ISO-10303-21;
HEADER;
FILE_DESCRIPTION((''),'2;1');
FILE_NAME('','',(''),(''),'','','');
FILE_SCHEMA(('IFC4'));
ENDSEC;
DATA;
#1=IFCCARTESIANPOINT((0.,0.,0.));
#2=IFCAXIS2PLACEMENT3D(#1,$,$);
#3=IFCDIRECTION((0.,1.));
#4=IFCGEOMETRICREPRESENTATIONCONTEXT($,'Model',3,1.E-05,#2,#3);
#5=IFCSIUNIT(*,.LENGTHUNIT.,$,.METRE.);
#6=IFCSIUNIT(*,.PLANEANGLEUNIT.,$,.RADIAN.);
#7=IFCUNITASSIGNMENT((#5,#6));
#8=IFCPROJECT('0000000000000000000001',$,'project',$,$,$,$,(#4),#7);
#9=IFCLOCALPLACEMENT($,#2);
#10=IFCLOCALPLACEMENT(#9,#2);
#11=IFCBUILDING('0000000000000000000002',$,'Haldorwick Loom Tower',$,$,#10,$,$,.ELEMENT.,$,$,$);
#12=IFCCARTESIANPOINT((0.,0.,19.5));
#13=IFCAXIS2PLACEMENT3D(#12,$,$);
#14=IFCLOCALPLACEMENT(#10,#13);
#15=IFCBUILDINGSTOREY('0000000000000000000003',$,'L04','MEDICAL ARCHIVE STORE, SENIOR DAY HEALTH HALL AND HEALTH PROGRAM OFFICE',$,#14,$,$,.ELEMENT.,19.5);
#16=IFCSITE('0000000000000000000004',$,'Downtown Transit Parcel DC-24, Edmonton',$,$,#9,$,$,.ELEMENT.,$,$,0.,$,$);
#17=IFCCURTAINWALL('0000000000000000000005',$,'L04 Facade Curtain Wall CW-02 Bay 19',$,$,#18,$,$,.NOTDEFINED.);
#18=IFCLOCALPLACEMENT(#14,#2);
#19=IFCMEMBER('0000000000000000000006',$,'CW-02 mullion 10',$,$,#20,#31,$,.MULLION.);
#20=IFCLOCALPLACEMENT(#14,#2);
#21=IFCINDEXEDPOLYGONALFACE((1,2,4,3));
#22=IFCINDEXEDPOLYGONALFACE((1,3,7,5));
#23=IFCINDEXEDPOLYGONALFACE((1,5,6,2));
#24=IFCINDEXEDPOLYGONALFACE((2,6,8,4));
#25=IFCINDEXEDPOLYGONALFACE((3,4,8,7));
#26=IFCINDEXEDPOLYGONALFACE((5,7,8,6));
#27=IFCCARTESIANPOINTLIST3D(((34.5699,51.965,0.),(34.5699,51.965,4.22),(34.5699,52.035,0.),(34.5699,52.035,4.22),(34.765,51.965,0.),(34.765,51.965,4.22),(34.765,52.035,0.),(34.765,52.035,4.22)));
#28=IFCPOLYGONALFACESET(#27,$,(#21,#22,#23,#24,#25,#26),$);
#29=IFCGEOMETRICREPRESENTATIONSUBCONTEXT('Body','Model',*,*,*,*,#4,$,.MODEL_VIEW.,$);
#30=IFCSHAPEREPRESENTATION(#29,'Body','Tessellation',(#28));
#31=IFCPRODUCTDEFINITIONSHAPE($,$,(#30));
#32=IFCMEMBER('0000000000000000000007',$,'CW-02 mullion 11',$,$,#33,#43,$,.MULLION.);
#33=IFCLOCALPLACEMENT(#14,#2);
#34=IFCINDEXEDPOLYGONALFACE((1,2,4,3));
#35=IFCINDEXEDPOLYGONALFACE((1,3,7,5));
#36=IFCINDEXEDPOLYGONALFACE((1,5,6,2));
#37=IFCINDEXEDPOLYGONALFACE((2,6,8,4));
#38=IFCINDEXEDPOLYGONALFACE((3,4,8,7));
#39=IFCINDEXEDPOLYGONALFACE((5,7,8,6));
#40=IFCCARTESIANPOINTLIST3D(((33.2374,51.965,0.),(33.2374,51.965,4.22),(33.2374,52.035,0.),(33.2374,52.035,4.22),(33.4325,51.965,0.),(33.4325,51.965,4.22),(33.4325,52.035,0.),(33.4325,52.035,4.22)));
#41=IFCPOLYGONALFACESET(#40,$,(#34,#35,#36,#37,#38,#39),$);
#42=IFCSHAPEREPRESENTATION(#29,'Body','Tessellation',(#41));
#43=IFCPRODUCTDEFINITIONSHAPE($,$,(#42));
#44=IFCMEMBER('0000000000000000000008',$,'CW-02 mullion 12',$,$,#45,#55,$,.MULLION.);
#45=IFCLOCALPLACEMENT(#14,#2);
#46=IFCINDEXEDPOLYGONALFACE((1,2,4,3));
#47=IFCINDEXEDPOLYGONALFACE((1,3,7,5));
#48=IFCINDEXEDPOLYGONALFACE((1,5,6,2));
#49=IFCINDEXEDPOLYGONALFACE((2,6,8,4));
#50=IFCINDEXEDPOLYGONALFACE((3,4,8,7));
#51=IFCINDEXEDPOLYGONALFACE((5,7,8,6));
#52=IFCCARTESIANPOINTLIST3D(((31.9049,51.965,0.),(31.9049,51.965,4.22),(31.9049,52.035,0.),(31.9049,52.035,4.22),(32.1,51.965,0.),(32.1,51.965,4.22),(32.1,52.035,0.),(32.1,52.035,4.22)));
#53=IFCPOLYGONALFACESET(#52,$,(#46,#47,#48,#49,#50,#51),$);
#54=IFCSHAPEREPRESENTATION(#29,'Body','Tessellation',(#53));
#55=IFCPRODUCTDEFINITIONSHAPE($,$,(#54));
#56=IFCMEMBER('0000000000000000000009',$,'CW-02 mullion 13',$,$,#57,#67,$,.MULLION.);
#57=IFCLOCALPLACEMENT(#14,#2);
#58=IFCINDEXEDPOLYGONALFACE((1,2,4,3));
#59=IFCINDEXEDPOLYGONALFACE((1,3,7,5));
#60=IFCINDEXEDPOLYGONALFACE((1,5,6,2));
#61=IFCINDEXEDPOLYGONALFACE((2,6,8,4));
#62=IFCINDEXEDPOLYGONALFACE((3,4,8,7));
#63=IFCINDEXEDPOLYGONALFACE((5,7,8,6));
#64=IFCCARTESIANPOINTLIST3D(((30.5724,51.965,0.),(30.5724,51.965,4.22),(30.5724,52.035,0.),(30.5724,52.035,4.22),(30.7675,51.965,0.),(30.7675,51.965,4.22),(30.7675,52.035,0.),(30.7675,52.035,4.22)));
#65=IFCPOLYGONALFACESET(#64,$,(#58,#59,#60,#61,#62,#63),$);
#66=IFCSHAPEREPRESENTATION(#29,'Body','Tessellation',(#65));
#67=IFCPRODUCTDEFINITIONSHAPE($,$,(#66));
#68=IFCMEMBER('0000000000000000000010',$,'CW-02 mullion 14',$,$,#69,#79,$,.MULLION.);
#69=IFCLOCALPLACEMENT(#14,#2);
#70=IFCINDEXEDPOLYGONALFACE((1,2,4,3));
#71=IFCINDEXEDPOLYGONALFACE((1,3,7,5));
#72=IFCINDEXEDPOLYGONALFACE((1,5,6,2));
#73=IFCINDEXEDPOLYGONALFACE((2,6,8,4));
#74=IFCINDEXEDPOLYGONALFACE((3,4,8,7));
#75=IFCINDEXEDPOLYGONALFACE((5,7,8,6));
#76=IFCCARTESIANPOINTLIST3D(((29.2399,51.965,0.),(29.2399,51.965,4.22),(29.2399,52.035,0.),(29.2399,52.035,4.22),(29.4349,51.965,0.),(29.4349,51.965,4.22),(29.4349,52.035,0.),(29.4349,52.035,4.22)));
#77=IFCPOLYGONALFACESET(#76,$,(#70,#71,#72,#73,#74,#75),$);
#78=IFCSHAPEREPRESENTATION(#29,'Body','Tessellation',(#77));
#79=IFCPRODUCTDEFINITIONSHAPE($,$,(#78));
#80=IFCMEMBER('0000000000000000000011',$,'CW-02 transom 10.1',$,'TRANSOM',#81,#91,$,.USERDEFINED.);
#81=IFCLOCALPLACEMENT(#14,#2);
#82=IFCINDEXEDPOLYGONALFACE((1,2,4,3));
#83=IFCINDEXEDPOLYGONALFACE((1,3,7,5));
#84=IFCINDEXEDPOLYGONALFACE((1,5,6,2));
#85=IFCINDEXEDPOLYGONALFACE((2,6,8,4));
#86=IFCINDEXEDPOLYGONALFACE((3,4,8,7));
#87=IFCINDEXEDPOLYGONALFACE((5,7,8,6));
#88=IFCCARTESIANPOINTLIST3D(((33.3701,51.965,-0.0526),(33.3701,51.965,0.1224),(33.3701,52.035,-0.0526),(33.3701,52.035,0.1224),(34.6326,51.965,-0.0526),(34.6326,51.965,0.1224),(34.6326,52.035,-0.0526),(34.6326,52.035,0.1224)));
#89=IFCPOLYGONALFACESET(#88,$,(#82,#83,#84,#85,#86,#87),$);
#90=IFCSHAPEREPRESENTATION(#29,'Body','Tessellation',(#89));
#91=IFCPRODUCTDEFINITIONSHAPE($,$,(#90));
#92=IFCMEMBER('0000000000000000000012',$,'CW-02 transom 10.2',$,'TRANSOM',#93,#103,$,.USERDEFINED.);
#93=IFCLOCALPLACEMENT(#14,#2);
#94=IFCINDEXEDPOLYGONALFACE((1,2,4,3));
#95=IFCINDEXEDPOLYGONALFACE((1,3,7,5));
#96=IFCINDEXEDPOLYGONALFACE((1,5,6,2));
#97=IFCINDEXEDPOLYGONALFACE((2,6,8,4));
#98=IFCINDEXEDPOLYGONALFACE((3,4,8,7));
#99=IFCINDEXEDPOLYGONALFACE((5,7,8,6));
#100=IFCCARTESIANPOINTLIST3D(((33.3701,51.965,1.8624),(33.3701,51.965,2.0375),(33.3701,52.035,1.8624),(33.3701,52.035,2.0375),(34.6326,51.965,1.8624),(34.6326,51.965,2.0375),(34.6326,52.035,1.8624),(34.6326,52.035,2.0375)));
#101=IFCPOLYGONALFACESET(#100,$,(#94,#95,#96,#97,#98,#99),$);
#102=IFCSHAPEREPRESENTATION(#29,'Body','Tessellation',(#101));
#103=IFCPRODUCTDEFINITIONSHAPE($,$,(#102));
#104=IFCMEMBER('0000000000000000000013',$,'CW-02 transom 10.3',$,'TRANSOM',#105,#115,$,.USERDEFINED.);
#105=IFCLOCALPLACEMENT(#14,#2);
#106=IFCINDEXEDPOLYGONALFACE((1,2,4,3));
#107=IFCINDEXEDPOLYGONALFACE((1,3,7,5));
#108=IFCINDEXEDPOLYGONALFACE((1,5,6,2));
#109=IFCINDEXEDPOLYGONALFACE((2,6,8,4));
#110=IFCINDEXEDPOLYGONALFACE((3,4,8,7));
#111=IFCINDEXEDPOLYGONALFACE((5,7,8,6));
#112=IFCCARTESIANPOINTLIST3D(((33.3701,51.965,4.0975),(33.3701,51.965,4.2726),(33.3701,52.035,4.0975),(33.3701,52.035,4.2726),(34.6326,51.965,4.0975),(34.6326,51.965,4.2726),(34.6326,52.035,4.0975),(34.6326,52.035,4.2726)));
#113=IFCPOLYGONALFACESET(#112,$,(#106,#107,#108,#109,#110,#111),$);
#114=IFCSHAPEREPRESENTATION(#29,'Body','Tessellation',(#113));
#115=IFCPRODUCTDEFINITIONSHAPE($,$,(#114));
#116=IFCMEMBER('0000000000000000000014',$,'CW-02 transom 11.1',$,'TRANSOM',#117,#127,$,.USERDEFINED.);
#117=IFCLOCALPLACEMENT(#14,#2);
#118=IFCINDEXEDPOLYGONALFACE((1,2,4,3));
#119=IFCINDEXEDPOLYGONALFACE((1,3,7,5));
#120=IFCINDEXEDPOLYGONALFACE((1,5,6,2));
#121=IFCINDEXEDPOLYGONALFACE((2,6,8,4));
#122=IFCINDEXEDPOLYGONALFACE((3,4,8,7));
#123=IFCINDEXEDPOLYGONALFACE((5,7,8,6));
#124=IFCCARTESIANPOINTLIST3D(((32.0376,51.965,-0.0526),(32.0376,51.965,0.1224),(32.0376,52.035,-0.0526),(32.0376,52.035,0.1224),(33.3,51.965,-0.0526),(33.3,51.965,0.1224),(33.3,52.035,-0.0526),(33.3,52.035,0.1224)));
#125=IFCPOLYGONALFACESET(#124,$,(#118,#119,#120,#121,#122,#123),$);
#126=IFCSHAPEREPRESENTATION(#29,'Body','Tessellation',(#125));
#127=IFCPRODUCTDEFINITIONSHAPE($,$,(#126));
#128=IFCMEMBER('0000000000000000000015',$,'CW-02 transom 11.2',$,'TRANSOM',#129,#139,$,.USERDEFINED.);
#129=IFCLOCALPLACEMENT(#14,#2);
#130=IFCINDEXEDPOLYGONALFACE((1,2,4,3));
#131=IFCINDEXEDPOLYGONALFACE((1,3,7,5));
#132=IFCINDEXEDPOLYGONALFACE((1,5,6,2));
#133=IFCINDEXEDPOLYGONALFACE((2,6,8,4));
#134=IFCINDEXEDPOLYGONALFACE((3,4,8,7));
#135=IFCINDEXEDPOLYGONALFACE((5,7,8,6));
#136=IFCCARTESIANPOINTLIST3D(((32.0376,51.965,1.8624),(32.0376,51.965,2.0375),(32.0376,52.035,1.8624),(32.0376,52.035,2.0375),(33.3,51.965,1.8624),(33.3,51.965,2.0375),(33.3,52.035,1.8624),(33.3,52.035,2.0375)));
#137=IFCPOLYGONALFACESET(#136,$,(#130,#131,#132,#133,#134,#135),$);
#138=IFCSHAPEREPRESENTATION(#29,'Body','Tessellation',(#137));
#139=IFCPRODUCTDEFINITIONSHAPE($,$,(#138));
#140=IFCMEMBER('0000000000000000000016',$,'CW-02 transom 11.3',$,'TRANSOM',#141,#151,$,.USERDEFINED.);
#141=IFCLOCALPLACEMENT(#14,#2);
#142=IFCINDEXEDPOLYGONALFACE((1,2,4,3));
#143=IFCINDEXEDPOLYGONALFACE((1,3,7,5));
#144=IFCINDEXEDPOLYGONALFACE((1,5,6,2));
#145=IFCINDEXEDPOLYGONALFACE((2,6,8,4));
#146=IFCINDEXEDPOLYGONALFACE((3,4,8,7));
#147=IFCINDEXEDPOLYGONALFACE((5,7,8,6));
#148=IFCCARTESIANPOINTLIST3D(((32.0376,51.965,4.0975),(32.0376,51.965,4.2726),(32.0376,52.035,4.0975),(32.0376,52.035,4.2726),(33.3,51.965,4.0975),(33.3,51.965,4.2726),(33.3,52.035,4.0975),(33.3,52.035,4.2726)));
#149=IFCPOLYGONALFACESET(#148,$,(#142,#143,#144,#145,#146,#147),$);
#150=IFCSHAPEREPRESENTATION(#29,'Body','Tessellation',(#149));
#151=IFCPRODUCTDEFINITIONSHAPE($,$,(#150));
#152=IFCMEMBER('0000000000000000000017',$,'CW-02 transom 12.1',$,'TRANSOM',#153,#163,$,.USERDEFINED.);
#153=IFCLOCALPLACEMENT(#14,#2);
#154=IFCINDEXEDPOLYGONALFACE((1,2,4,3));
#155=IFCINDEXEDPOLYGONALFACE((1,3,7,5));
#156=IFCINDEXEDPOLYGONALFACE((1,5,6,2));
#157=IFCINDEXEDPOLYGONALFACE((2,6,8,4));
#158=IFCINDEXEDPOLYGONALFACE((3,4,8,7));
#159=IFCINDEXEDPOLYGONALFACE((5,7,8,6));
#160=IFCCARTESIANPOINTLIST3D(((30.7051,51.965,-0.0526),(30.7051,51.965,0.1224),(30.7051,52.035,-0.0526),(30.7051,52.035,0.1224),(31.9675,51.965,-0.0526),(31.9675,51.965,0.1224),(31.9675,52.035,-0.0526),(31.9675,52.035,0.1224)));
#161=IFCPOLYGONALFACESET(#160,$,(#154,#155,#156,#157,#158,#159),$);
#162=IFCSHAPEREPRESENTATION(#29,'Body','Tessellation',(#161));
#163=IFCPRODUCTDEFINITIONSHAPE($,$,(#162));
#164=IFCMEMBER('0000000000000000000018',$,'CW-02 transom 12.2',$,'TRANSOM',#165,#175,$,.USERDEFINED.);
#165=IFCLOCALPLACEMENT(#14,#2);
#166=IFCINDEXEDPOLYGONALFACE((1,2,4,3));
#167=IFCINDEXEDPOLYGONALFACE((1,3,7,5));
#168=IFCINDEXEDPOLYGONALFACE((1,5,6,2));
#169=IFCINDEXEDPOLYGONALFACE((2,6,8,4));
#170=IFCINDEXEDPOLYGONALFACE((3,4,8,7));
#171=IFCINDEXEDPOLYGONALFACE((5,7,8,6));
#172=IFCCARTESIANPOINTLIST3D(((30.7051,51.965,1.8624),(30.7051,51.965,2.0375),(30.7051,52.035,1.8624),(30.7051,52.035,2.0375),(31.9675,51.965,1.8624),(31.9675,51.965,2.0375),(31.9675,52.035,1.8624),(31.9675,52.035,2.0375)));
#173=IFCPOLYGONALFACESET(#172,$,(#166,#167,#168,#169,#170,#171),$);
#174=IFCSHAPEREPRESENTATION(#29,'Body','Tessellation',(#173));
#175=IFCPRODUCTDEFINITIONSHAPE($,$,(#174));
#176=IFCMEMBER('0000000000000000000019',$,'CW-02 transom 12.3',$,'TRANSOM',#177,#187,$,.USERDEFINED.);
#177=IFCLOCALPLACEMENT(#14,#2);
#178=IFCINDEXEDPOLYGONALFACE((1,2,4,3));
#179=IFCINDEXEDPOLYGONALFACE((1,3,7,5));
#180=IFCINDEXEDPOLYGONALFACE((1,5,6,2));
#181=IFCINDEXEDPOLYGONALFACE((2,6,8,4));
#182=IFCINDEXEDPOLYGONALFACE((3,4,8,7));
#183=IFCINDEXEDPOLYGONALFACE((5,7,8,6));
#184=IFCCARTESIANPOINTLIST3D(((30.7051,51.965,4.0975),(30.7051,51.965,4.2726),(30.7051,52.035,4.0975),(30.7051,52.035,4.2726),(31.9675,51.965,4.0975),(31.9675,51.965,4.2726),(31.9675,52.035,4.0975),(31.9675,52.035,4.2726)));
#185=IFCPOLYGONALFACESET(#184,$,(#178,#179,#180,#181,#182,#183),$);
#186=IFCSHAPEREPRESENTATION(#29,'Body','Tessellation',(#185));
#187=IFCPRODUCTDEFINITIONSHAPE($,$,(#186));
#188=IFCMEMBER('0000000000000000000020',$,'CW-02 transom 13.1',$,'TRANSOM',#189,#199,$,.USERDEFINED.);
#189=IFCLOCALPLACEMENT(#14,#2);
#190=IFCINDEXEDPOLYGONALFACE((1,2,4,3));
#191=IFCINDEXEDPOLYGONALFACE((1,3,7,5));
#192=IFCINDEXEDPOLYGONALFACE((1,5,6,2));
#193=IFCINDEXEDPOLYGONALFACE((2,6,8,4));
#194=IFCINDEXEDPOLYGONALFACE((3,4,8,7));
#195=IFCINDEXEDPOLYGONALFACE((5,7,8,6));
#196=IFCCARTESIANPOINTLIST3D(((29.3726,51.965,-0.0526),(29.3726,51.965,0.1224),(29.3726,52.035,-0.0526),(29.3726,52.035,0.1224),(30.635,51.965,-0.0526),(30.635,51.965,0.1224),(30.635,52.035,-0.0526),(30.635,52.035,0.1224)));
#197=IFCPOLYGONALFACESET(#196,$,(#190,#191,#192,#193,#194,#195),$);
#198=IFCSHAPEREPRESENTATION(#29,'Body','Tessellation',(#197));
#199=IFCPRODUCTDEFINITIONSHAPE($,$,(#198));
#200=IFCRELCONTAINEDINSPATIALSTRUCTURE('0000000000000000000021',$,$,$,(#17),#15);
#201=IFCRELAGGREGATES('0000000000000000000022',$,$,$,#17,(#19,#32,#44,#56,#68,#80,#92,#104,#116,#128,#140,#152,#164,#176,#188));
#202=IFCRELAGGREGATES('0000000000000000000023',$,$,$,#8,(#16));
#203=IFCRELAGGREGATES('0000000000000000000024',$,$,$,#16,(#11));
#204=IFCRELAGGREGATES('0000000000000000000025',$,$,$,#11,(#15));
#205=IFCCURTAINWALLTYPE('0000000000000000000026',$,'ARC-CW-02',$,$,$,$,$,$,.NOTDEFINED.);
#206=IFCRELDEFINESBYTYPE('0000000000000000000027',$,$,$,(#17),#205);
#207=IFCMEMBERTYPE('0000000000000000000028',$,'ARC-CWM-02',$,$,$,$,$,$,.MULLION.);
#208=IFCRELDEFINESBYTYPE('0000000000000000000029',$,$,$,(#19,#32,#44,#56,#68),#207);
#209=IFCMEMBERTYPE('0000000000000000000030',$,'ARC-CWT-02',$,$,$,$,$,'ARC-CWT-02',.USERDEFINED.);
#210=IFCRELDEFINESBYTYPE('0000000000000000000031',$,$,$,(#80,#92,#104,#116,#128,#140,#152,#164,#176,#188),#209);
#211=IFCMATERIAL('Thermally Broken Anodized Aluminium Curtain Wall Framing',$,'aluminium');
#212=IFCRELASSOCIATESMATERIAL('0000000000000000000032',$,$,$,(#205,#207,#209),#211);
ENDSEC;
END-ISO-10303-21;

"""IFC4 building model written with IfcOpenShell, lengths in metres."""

from ifc_helpers import new_model, si_unit, direction, frame, origin, origin_2d, place, context, subcontext, project, spatial, rectangle, extrude, material, material_profile, profile_set, type_object, element, aggregate, save


model = new_model("IFC4")

# Units and contexts
model_context = context("Model", 3, precision=1e-05, world=origin(), true_north=direction((0.0, 1.0)))
body_context = subcontext(model_context, "Body", "Model", "MODEL_VIEW")
ifc_project = project(units=[si_unit("LENGTHUNIT", "METRE"), si_unit("PLANEANGLEUNIT", "RADIAN")], contexts=[model_context])

# Site, building, storey
site_placement = place(None, origin())
site = spatial("IfcSite", under=ifc_project, at=site_placement, Name="Downtown Transit Parcel DC-24, Edmonton", CompositionType="ELEMENT", RefElevation=0.0)
building_placement = place(site_placement, origin())
building = spatial("IfcBuilding", under=site, at=building_placement, Name="Haldorwick Loom Tower", CompositionType="ELEMENT")
storey_placement = place(building_placement, frame((0.0, 0.0, 19.5)))
storey = spatial("IfcBuildingStorey", under=building, at=storey_placement, Name="L04", Description="MEDICAL ARCHIVE STORE, SENIOR DAY HEALTH HALL AND HEALTH PROGRAM OFFICE", CompositionType="ELEMENT", Elevation=19.5)

# Curtain wall, members
ifc_material_1 = material(Name="Thermally Broken Anodized Aluminium Curtain Wall Framing", Category="aluminium")
curtain_wall_type = type_object("IfcCurtainWallType", Name="ARC-CW-02", PredefinedType="NOTDEFINED", material=ifc_material_1)
curtain_wall_placement = place(storey_placement, origin())
curtain_wall = element("IfcCurtainWall", 1, at=curtain_wall_placement, inside=storey, type_object=curtain_wall_type, Name="L04 Facade Curtain Wall CW-02 Bay 19", PredefinedType="NOTDEFINED")
ifc_material_profile_1 = material_profile(ifc_material_1, rectangle(XDim=0.0701, YDim=0.1951, at=origin_2d()), Name="ALU_MUL_70X195", Category="aluminium")
ifc_profile_set_1 = profile_set([ifc_material_profile_1], Name="Thermally Broken Anodized Aluminium Curtain Wall Framing")
member_type_1 = type_object("IfcMemberType", Name="ARC-CWM-02", PredefinedType="MULLION", material=ifc_profile_set_1)
member_1_placement = place(storey_placement, frame((34.6675, 52.0, 0.0), z_axis=(0.0, 0.0, 1.0), x_axis=(0.0, -1.0, 0.0)))
member_1 = element("IfcMember", 2, at=member_1_placement, type_object=member_type_1, Name="CW-02 mullion 10", PredefinedType="MULLION", context=body_context, shape_type="SweptSolid", body=[
    extrude(rectangle(XDim=0.0701, YDim=0.1951, at=origin_2d()), origin(), (0.0, 0.0, 1.0), 4.22),
])
member_2_placement = place(storey_placement, frame((33.335, 52.0, 0.0), z_axis=(0.0, 0.0, 1.0), x_axis=(0.0, -1.0, 0.0)))
member_2 = element("IfcMember", 3, at=member_2_placement, type_object=member_type_1, Name="CW-02 mullion 11", PredefinedType="MULLION", context=body_context, shape_type="SweptSolid", body=[
    extrude(rectangle(XDim=0.0701, YDim=0.1951, at=origin_2d()), origin(), (0.0, 0.0, 1.0), 4.22),
])
member_3_placement = place(storey_placement, frame((32.0024, 52.0, 0.0), z_axis=(0.0, 0.0, 1.0), x_axis=(0.0, -1.0, 0.0)))
member_3 = element("IfcMember", 4, at=member_3_placement, type_object=member_type_1, Name="CW-02 mullion 12", PredefinedType="MULLION", context=body_context, shape_type="SweptSolid", body=[
    extrude(rectangle(XDim=0.0701, YDim=0.1951, at=origin_2d()), origin(), (0.0, 0.0, 1.0), 4.22),
])
member_4_placement = place(storey_placement, frame((30.6699, 52.0, 0.0), z_axis=(0.0, 0.0, 1.0), x_axis=(0.0, -1.0, 0.0)))
member_4 = element("IfcMember", 5, at=member_4_placement, type_object=member_type_1, Name="CW-02 mullion 13", PredefinedType="MULLION", context=body_context, shape_type="SweptSolid", body=[
    extrude(rectangle(XDim=0.0701, YDim=0.1951, at=origin_2d()), origin(), (0.0, 0.0, 1.0), 4.22),
])
member_5_placement = place(storey_placement, frame((29.3374, 52.0, 0.0), z_axis=(0.0, 0.0, 1.0), x_axis=(0.0, -1.0, 0.0)))
member_5 = element("IfcMember", 6, at=member_5_placement, type_object=member_type_1, Name="CW-02 mullion 14", PredefinedType="MULLION", context=body_context, shape_type="SweptSolid", body=[
    extrude(rectangle(XDim=0.0701, YDim=0.1951, at=origin_2d()), origin(), (0.0, 0.0, 1.0), 4.22),
])
ifc_material_profile_2 = material_profile(ifc_material_1, rectangle(XDim=0.0701, YDim=0.175, at=origin_2d()), Name="ALU_TRN_70X175", Category="aluminium")
ifc_profile_set_2 = profile_set([ifc_material_profile_2], Name="Thermally Broken Anodized Aluminium Curtain Wall Framing")
member_type_2 = type_object("IfcMemberType", Name="ARC-CWT-02", ElementType="ARC-CWT-02", PredefinedType="USERDEFINED", material=ifc_profile_set_2)
member_6_placement = place(storey_placement, frame((34.6326, 52.0, 0.0349), z_axis=(-1.0, 0.0, 0.0), x_axis=(0.0, -1.0, 0.0)))
member_6 = element("IfcMember", 7, at=member_6_placement, type_object=member_type_2, Name="CW-02 transom 10.1", ObjectType="TRANSOM", PredefinedType="USERDEFINED", context=body_context, shape_type="SweptSolid", body=[
    extrude(rectangle(XDim=0.0701, YDim=0.175, at=origin_2d()), origin(), (0.0, 0.0, 1.0), 1.2625),
])
member_7_placement = place(storey_placement, frame((34.6326, 52.0, 1.95), z_axis=(-1.0, 0.0, 0.0), x_axis=(0.0, -1.0, 0.0)))
member_7 = element("IfcMember", 8, at=member_7_placement, type_object=member_type_2, Name="CW-02 transom 10.2", ObjectType="TRANSOM", PredefinedType="USERDEFINED", context=body_context, shape_type="SweptSolid", body=[
    extrude(rectangle(XDim=0.0701, YDim=0.175, at=origin_2d()), origin(), (0.0, 0.0, 1.0), 1.2625),
])
member_8_placement = place(storey_placement, frame((34.6326, 52.0, 4.1851), z_axis=(-1.0, 0.0, 0.0), x_axis=(0.0, -1.0, 0.0)))
member_8 = element("IfcMember", 9, at=member_8_placement, type_object=member_type_2, Name="CW-02 transom 10.3", ObjectType="TRANSOM", PredefinedType="USERDEFINED", context=body_context, shape_type="SweptSolid", body=[
    extrude(rectangle(XDim=0.0701, YDim=0.175, at=origin_2d()), origin(), (0.0, 0.0, 1.0), 1.2625),
])
member_9_placement = place(storey_placement, frame((33.3, 52.0, 0.0349), z_axis=(-1.0, 0.0, 0.0), x_axis=(0.0, -1.0, 0.0)))
member_9 = element("IfcMember", 10, at=member_9_placement, type_object=member_type_2, Name="CW-02 transom 11.1", ObjectType="TRANSOM", PredefinedType="USERDEFINED", context=body_context, shape_type="SweptSolid", body=[
    extrude(rectangle(XDim=0.0701, YDim=0.175, at=origin_2d()), origin(), (0.0, 0.0, 1.0), 1.2625),
])
member_10_placement = place(storey_placement, frame((33.3, 52.0, 1.95), z_axis=(-1.0, 0.0, 0.0), x_axis=(0.0, -1.0, 0.0)))
member_10 = element("IfcMember", 11, at=member_10_placement, type_object=member_type_2, Name="CW-02 transom 11.2", ObjectType="TRANSOM", PredefinedType="USERDEFINED", context=body_context, shape_type="SweptSolid", body=[
    extrude(rectangle(XDim=0.0701, YDim=0.175, at=origin_2d()), origin(), (0.0, 0.0, 1.0), 1.2625),
])
member_11_placement = place(storey_placement, frame((33.3, 52.0, 4.1851), z_axis=(-1.0, 0.0, 0.0), x_axis=(0.0, -1.0, 0.0)))
member_11 = element("IfcMember", 12, at=member_11_placement, type_object=member_type_2, Name="CW-02 transom 11.3", ObjectType="TRANSOM", PredefinedType="USERDEFINED", context=body_context, shape_type="SweptSolid", body=[
    extrude(rectangle(XDim=0.0701, YDim=0.175, at=origin_2d()), origin(), (0.0, 0.0, 1.0), 1.2625),
])
member_12_placement = place(storey_placement, frame((31.9675, 52.0, 0.0349), z_axis=(-1.0, 0.0, 0.0), x_axis=(0.0, -1.0, 0.0)))
member_12 = element("IfcMember", 13, at=member_12_placement, type_object=member_type_2, Name="CW-02 transom 12.1", ObjectType="TRANSOM", PredefinedType="USERDEFINED", context=body_context, shape_type="SweptSolid", body=[
    extrude(rectangle(XDim=0.0701, YDim=0.175, at=origin_2d()), origin(), (0.0, 0.0, 1.0), 1.2625),
])
member_13_placement = place(storey_placement, frame((31.9675, 52.0, 1.95), z_axis=(-1.0, 0.0, 0.0), x_axis=(0.0, -1.0, 0.0)))
member_13 = element("IfcMember", 14, at=member_13_placement, type_object=member_type_2, Name="CW-02 transom 12.2", ObjectType="TRANSOM", PredefinedType="USERDEFINED", context=body_context, shape_type="SweptSolid", body=[
    extrude(rectangle(XDim=0.0701, YDim=0.175, at=origin_2d()), origin(), (0.0, 0.0, 1.0), 1.2625),
])
member_14_placement = place(storey_placement, frame((31.9675, 52.0, 4.1851), z_axis=(-1.0, 0.0, 0.0), x_axis=(0.0, -1.0, 0.0)))
member_14 = element("IfcMember", 15, at=member_14_placement, type_object=member_type_2, Name="CW-02 transom 12.3", ObjectType="TRANSOM", PredefinedType="USERDEFINED", context=body_context, shape_type="SweptSolid", body=[
    extrude(rectangle(XDim=0.0701, YDim=0.175, at=origin_2d()), origin(), (0.0, 0.0, 1.0), 1.2625),
])
member_15_placement = place(storey_placement, frame((30.635, 52.0, 0.0349), z_axis=(-1.0, 0.0, 0.0), x_axis=(0.0, -1.0, 0.0)))
member_15 = element("IfcMember", 16, at=member_15_placement, type_object=member_type_2, Name="CW-02 transom 13.1", ObjectType="TRANSOM", PredefinedType="USERDEFINED", context=body_context, shape_type="SweptSolid", body=[
    extrude(rectangle(XDim=0.0701, YDim=0.175, at=origin_2d()), origin(), (0.0, 0.0, 1.0), 1.2625),
])
aggregate(curtain_wall, [member_1, member_2, member_3, member_4, member_5, member_6, member_7, member_8, member_9, member_10, member_11, member_12, member_13, member_14, member_15])

save(model, "model.ifc")
